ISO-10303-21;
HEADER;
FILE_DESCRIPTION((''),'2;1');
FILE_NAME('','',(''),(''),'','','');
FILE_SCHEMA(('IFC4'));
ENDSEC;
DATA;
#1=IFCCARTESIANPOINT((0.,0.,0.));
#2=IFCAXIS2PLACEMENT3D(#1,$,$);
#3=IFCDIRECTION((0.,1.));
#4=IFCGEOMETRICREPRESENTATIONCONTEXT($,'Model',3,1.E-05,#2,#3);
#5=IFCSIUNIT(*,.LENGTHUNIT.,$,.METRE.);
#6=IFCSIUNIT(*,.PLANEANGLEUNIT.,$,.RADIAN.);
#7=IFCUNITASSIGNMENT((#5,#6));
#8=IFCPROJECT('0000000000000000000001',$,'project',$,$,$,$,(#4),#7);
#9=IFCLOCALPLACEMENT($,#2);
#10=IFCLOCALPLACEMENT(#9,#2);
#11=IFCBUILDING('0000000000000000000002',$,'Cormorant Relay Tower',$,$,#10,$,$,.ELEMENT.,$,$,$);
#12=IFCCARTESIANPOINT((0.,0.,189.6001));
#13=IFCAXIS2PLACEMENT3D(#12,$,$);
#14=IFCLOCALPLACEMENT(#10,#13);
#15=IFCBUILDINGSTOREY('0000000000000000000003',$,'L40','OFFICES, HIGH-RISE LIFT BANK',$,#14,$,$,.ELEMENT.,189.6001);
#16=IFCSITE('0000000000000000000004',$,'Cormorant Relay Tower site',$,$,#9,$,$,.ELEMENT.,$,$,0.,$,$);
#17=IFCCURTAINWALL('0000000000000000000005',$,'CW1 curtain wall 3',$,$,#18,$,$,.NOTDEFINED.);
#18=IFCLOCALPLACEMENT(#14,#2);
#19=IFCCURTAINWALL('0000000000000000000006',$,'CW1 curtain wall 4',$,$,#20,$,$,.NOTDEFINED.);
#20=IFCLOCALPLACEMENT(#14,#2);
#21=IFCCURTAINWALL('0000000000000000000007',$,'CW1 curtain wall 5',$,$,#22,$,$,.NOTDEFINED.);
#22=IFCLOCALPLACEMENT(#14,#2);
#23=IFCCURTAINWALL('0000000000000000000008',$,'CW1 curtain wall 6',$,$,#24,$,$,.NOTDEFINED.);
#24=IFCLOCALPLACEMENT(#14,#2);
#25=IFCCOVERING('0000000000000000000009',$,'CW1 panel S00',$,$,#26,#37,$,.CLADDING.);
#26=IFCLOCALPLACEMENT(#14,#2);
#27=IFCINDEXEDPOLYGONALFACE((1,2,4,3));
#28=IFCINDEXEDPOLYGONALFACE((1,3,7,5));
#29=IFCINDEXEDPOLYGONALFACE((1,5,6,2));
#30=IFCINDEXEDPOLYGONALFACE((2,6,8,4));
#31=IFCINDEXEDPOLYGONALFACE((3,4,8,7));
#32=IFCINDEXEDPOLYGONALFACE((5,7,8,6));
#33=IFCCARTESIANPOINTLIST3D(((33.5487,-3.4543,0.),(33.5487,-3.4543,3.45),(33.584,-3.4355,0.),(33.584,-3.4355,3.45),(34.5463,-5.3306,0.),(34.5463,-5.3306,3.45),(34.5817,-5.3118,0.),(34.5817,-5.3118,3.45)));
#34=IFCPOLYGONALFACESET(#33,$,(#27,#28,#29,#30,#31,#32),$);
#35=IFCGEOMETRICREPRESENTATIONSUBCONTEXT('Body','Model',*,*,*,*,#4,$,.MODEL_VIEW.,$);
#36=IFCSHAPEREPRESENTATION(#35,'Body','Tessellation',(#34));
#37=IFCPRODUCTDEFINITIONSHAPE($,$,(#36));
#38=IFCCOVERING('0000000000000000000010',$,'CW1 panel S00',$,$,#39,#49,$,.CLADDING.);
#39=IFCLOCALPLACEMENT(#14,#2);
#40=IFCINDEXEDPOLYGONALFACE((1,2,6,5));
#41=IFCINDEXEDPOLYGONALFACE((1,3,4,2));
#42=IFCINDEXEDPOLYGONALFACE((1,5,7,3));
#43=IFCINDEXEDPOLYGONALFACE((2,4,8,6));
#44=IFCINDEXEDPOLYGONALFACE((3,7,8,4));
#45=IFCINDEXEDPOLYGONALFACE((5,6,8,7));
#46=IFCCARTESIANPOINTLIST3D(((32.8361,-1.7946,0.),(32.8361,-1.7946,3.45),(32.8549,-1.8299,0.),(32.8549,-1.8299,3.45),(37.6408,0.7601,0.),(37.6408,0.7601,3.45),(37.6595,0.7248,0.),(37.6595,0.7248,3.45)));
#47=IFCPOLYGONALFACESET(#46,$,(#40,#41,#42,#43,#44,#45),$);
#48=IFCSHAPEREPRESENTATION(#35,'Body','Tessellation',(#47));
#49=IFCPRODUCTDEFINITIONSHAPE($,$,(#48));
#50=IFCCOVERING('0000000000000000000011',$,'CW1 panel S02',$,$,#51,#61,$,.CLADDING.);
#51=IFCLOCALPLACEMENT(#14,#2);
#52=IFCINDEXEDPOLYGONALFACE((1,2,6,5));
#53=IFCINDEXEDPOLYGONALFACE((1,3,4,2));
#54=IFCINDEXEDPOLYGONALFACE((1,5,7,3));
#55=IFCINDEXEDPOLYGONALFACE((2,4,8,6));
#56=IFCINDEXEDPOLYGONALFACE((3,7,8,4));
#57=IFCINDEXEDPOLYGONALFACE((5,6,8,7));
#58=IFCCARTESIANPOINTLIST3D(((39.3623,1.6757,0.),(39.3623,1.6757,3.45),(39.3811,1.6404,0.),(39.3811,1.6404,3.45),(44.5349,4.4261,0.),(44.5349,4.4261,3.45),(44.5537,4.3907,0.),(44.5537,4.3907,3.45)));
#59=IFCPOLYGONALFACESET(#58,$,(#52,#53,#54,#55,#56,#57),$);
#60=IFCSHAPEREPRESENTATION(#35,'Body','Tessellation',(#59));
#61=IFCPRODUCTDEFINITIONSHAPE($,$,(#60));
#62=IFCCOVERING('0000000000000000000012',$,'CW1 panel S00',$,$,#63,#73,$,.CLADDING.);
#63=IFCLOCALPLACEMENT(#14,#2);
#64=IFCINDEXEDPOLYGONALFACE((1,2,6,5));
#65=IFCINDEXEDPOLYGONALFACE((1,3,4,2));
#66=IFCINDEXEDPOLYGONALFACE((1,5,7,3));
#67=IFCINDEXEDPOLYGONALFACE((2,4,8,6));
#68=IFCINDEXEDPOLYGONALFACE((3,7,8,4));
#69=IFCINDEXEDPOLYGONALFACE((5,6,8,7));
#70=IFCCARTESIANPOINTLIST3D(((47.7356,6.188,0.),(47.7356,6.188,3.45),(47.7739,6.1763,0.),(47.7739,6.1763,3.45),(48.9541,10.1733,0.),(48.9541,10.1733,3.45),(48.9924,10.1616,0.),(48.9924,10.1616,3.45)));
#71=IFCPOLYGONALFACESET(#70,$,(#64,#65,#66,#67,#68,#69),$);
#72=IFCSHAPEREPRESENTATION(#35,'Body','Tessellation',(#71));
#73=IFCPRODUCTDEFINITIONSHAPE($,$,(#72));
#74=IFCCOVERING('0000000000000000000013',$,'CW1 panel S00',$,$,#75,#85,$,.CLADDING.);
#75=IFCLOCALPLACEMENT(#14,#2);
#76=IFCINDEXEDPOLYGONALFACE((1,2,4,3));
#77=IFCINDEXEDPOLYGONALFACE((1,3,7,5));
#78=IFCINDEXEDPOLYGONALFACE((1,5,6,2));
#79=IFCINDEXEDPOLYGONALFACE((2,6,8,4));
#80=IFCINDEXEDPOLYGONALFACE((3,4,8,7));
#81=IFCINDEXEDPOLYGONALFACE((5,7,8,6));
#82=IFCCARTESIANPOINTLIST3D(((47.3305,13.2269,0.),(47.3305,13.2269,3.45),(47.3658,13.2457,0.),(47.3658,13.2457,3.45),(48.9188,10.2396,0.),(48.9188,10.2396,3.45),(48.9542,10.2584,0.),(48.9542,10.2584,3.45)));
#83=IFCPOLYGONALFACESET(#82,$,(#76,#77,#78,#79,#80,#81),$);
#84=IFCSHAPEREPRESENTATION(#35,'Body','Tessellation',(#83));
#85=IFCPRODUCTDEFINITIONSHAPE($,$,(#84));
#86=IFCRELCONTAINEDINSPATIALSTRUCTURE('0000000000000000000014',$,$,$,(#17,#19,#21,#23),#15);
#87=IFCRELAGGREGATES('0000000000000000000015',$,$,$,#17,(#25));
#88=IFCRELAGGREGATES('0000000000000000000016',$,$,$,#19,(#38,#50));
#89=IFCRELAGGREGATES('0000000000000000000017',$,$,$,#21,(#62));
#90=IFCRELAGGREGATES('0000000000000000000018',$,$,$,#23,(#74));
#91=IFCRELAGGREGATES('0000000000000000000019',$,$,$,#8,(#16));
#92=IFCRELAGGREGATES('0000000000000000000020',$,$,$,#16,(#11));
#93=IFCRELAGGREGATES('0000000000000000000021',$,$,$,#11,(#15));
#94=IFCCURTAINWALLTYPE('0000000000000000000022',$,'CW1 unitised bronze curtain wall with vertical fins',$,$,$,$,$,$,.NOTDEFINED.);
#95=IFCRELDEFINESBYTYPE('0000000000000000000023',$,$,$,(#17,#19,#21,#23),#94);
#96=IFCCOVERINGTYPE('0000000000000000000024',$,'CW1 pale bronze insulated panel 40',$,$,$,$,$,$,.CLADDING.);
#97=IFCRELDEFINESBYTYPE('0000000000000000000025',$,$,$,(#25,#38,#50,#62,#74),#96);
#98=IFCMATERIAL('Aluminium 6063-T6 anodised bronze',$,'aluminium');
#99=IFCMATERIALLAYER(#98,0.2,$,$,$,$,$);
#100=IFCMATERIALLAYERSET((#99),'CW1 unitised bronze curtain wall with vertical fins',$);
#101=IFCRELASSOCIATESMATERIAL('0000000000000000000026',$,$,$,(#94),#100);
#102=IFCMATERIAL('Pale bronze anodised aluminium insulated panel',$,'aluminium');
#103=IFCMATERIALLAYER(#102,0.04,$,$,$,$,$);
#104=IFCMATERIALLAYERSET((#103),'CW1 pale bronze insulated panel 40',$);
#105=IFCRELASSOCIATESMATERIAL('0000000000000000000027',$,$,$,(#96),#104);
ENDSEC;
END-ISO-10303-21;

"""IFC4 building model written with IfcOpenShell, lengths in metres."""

from ifc_helpers import new_model, si_unit, direction, frame, origin, origin_2d, place, context, subcontext, project, spatial, rectangle, extrude, material, layer, layer_set, type_object, element, aggregate, save


model = new_model("IFC4")

# Units and contexts
model_context = context("Model", 3, precision=1e-05, world=origin(), true_north=direction((0.0, 1.0)))
body_context = subcontext(model_context, "Body", "Model", "MODEL_VIEW")
ifc_project = project(units=[si_unit("LENGTHUNIT", "METRE"), si_unit("PLANEANGLEUNIT", "RADIAN")], contexts=[model_context])

# Site, building, storey
site_placement = place(None, origin())
site = spatial("IfcSite", under=ifc_project, at=site_placement, Name="Cormorant Relay Tower site", CompositionType="ELEMENT", RefElevation=0.0)
building_placement = place(site_placement, origin())
building = spatial("IfcBuilding", under=site, at=building_placement, Name="Cormorant Relay Tower", CompositionType="ELEMENT")
storey_placement = place(building_placement, frame((0.0, 0.0, 189.6001)))
storey = spatial("IfcBuildingStorey", under=building, at=storey_placement, Name="L40", Description="OFFICES, HIGH-RISE LIFT BANK", CompositionType="ELEMENT", Elevation=189.6001)

# Curtain wall
ifc_material_1 = material(Name="Aluminium 6063-T6 anodised bronze", Category="aluminium")
ifc_layer_1 = layer(ifc_material_1, 0.2)
ifc_layer_set_1 = layer_set([ifc_layer_1], Name="CW1 unitised bronze curtain wall with vertical fins")
curtain_wall_type = type_object("IfcCurtainWallType", Name="CW1 unitised bronze curtain wall with vertical fins", PredefinedType="NOTDEFINED", material=ifc_layer_set_1)
curtain_wall_1_placement = place(storey_placement, origin())
curtain_wall_1 = element("IfcCurtainWall", 1, at=curtain_wall_1_placement, inside=storey, type_object=curtain_wall_type, Name="CW1 curtain wall 3", PredefinedType="NOTDEFINED")

# Curtain wall
curtain_wall_2_placement = place(storey_placement, origin())
curtain_wall_2 = element("IfcCurtainWall", 2, at=curtain_wall_2_placement, inside=storey, type_object=curtain_wall_type, Name="CW1 curtain wall 4", PredefinedType="NOTDEFINED")

# Curtain walls
curtain_wall_3_placement = place(storey_placement, origin())
curtain_wall_3 = element("IfcCurtainWall", 3, at=curtain_wall_3_placement, inside=storey, type_object=curtain_wall_type, Name="CW1 curtain wall 5", PredefinedType="NOTDEFINED")
curtain_wall_4_placement = place(storey_placement, origin())
curtain_wall_4 = element("IfcCurtainWall", 4, at=curtain_wall_4_placement, inside=storey, type_object=curtain_wall_type, Name="CW1 curtain wall 6", PredefinedType="NOTDEFINED")

# Coverings
ifc_material_2 = material(Name="Pale bronze anodised aluminium insulated panel", Category="aluminium")
ifc_layer_2 = layer(ifc_material_2, 0.04)
ifc_layer_set_2 = layer_set([ifc_layer_2], Name="CW1 pale bronze insulated panel 40")
covering_type = type_object("IfcCoveringType", Name="CW1 pale bronze insulated panel 40", PredefinedType="CLADDING", material=ifc_layer_set_2)
covering_1_placement = place(storey_placement, frame((34.0652, -4.3831, 0.0), z_axis=(0.0, 0.0, 1.0), x_axis=(-0.469472, 0.882948, 0.0)))
covering_1 = element("IfcCovering", 5, at=covering_1_placement, type_object=covering_type, Name="CW1 panel S00", PredefinedType="CLADDING", context=body_context, shape_type="SweptSolid", body=[
    extrude(rectangle(XDim=2.125, YDim=0.04, at=origin_2d()), origin(), (0.0, 0.0, 1.0), 3.45),
])
aggregate(curtain_wall_1, [covering_1])
covering_2_placement = place(storey_placement, frame((35.2478, -0.5349, 0.0), z_axis=(0.0, 0.0, 1.0), x_axis=(0.882948, 0.469472, 0.0)))
covering_2 = element("IfcCovering", 6, at=covering_2_placement, type_object=covering_type, Name="CW1 panel S00", PredefinedType="CLADDING", context=body_context, shape_type="SweptSolid", body=[
    extrude(rectangle(XDim=5.4417, YDim=0.04, at=origin_2d()), origin(), (0.0, 0.0, 1.0), 3.45),
])
covering_3_placement = place(storey_placement, frame((41.958, 3.0332, 0.0), z_axis=(0.0, 0.0, 1.0), x_axis=(0.882948, 0.469472, 0.0)))
covering_3 = element("IfcCovering", 7, at=covering_3_placement, type_object=covering_type, Name="CW1 panel S02", PredefinedType="CLADDING", context=body_context, shape_type="SweptSolid", body=[
    extrude(rectangle(XDim=5.8584, YDim=0.04, at=origin_2d()), origin(), (0.0, 0.0, 1.0), 3.45),
])
aggregate(curtain_wall_2, [covering_2, covering_3])
covering_4_placement = place(storey_placement, frame((48.364, 8.1748, 0.0), z_axis=(0.0, 0.0, 1.0), x_axis=(0.292372, 0.956305, 0.0)))
covering_4 = element("IfcCovering", 8, at=covering_4_placement, type_object=covering_type, Name="CW1 panel S00", PredefinedType="CLADDING", context=body_context, shape_type="SweptSolid", body=[
    extrude(rectangle(XDim=4.1675, YDim=0.04, at=origin_2d()), origin(), (0.0, 0.0, 1.0), 3.45),
])
aggregate(curtain_wall_3, [covering_4])
covering_5_placement = place(storey_placement, frame((48.1423, 11.7427, 0.0), z_axis=(0.0, 0.0, 1.0), x_axis=(-0.469472, 0.882948, 0.0)))
covering_5 = element("IfcCovering", 9, at=covering_5_placement, type_object=covering_type, Name="CW1 panel S00", PredefinedType="CLADDING", context=body_context, shape_type="SweptSolid", body=[
    extrude(rectangle(XDim=3.3833, YDim=0.04, at=origin_2d()), origin(), (0.0, 0.0, 1.0), 3.45),
])
aggregate(curtain_wall_4, [covering_5])

save(model, "model.ifc")
